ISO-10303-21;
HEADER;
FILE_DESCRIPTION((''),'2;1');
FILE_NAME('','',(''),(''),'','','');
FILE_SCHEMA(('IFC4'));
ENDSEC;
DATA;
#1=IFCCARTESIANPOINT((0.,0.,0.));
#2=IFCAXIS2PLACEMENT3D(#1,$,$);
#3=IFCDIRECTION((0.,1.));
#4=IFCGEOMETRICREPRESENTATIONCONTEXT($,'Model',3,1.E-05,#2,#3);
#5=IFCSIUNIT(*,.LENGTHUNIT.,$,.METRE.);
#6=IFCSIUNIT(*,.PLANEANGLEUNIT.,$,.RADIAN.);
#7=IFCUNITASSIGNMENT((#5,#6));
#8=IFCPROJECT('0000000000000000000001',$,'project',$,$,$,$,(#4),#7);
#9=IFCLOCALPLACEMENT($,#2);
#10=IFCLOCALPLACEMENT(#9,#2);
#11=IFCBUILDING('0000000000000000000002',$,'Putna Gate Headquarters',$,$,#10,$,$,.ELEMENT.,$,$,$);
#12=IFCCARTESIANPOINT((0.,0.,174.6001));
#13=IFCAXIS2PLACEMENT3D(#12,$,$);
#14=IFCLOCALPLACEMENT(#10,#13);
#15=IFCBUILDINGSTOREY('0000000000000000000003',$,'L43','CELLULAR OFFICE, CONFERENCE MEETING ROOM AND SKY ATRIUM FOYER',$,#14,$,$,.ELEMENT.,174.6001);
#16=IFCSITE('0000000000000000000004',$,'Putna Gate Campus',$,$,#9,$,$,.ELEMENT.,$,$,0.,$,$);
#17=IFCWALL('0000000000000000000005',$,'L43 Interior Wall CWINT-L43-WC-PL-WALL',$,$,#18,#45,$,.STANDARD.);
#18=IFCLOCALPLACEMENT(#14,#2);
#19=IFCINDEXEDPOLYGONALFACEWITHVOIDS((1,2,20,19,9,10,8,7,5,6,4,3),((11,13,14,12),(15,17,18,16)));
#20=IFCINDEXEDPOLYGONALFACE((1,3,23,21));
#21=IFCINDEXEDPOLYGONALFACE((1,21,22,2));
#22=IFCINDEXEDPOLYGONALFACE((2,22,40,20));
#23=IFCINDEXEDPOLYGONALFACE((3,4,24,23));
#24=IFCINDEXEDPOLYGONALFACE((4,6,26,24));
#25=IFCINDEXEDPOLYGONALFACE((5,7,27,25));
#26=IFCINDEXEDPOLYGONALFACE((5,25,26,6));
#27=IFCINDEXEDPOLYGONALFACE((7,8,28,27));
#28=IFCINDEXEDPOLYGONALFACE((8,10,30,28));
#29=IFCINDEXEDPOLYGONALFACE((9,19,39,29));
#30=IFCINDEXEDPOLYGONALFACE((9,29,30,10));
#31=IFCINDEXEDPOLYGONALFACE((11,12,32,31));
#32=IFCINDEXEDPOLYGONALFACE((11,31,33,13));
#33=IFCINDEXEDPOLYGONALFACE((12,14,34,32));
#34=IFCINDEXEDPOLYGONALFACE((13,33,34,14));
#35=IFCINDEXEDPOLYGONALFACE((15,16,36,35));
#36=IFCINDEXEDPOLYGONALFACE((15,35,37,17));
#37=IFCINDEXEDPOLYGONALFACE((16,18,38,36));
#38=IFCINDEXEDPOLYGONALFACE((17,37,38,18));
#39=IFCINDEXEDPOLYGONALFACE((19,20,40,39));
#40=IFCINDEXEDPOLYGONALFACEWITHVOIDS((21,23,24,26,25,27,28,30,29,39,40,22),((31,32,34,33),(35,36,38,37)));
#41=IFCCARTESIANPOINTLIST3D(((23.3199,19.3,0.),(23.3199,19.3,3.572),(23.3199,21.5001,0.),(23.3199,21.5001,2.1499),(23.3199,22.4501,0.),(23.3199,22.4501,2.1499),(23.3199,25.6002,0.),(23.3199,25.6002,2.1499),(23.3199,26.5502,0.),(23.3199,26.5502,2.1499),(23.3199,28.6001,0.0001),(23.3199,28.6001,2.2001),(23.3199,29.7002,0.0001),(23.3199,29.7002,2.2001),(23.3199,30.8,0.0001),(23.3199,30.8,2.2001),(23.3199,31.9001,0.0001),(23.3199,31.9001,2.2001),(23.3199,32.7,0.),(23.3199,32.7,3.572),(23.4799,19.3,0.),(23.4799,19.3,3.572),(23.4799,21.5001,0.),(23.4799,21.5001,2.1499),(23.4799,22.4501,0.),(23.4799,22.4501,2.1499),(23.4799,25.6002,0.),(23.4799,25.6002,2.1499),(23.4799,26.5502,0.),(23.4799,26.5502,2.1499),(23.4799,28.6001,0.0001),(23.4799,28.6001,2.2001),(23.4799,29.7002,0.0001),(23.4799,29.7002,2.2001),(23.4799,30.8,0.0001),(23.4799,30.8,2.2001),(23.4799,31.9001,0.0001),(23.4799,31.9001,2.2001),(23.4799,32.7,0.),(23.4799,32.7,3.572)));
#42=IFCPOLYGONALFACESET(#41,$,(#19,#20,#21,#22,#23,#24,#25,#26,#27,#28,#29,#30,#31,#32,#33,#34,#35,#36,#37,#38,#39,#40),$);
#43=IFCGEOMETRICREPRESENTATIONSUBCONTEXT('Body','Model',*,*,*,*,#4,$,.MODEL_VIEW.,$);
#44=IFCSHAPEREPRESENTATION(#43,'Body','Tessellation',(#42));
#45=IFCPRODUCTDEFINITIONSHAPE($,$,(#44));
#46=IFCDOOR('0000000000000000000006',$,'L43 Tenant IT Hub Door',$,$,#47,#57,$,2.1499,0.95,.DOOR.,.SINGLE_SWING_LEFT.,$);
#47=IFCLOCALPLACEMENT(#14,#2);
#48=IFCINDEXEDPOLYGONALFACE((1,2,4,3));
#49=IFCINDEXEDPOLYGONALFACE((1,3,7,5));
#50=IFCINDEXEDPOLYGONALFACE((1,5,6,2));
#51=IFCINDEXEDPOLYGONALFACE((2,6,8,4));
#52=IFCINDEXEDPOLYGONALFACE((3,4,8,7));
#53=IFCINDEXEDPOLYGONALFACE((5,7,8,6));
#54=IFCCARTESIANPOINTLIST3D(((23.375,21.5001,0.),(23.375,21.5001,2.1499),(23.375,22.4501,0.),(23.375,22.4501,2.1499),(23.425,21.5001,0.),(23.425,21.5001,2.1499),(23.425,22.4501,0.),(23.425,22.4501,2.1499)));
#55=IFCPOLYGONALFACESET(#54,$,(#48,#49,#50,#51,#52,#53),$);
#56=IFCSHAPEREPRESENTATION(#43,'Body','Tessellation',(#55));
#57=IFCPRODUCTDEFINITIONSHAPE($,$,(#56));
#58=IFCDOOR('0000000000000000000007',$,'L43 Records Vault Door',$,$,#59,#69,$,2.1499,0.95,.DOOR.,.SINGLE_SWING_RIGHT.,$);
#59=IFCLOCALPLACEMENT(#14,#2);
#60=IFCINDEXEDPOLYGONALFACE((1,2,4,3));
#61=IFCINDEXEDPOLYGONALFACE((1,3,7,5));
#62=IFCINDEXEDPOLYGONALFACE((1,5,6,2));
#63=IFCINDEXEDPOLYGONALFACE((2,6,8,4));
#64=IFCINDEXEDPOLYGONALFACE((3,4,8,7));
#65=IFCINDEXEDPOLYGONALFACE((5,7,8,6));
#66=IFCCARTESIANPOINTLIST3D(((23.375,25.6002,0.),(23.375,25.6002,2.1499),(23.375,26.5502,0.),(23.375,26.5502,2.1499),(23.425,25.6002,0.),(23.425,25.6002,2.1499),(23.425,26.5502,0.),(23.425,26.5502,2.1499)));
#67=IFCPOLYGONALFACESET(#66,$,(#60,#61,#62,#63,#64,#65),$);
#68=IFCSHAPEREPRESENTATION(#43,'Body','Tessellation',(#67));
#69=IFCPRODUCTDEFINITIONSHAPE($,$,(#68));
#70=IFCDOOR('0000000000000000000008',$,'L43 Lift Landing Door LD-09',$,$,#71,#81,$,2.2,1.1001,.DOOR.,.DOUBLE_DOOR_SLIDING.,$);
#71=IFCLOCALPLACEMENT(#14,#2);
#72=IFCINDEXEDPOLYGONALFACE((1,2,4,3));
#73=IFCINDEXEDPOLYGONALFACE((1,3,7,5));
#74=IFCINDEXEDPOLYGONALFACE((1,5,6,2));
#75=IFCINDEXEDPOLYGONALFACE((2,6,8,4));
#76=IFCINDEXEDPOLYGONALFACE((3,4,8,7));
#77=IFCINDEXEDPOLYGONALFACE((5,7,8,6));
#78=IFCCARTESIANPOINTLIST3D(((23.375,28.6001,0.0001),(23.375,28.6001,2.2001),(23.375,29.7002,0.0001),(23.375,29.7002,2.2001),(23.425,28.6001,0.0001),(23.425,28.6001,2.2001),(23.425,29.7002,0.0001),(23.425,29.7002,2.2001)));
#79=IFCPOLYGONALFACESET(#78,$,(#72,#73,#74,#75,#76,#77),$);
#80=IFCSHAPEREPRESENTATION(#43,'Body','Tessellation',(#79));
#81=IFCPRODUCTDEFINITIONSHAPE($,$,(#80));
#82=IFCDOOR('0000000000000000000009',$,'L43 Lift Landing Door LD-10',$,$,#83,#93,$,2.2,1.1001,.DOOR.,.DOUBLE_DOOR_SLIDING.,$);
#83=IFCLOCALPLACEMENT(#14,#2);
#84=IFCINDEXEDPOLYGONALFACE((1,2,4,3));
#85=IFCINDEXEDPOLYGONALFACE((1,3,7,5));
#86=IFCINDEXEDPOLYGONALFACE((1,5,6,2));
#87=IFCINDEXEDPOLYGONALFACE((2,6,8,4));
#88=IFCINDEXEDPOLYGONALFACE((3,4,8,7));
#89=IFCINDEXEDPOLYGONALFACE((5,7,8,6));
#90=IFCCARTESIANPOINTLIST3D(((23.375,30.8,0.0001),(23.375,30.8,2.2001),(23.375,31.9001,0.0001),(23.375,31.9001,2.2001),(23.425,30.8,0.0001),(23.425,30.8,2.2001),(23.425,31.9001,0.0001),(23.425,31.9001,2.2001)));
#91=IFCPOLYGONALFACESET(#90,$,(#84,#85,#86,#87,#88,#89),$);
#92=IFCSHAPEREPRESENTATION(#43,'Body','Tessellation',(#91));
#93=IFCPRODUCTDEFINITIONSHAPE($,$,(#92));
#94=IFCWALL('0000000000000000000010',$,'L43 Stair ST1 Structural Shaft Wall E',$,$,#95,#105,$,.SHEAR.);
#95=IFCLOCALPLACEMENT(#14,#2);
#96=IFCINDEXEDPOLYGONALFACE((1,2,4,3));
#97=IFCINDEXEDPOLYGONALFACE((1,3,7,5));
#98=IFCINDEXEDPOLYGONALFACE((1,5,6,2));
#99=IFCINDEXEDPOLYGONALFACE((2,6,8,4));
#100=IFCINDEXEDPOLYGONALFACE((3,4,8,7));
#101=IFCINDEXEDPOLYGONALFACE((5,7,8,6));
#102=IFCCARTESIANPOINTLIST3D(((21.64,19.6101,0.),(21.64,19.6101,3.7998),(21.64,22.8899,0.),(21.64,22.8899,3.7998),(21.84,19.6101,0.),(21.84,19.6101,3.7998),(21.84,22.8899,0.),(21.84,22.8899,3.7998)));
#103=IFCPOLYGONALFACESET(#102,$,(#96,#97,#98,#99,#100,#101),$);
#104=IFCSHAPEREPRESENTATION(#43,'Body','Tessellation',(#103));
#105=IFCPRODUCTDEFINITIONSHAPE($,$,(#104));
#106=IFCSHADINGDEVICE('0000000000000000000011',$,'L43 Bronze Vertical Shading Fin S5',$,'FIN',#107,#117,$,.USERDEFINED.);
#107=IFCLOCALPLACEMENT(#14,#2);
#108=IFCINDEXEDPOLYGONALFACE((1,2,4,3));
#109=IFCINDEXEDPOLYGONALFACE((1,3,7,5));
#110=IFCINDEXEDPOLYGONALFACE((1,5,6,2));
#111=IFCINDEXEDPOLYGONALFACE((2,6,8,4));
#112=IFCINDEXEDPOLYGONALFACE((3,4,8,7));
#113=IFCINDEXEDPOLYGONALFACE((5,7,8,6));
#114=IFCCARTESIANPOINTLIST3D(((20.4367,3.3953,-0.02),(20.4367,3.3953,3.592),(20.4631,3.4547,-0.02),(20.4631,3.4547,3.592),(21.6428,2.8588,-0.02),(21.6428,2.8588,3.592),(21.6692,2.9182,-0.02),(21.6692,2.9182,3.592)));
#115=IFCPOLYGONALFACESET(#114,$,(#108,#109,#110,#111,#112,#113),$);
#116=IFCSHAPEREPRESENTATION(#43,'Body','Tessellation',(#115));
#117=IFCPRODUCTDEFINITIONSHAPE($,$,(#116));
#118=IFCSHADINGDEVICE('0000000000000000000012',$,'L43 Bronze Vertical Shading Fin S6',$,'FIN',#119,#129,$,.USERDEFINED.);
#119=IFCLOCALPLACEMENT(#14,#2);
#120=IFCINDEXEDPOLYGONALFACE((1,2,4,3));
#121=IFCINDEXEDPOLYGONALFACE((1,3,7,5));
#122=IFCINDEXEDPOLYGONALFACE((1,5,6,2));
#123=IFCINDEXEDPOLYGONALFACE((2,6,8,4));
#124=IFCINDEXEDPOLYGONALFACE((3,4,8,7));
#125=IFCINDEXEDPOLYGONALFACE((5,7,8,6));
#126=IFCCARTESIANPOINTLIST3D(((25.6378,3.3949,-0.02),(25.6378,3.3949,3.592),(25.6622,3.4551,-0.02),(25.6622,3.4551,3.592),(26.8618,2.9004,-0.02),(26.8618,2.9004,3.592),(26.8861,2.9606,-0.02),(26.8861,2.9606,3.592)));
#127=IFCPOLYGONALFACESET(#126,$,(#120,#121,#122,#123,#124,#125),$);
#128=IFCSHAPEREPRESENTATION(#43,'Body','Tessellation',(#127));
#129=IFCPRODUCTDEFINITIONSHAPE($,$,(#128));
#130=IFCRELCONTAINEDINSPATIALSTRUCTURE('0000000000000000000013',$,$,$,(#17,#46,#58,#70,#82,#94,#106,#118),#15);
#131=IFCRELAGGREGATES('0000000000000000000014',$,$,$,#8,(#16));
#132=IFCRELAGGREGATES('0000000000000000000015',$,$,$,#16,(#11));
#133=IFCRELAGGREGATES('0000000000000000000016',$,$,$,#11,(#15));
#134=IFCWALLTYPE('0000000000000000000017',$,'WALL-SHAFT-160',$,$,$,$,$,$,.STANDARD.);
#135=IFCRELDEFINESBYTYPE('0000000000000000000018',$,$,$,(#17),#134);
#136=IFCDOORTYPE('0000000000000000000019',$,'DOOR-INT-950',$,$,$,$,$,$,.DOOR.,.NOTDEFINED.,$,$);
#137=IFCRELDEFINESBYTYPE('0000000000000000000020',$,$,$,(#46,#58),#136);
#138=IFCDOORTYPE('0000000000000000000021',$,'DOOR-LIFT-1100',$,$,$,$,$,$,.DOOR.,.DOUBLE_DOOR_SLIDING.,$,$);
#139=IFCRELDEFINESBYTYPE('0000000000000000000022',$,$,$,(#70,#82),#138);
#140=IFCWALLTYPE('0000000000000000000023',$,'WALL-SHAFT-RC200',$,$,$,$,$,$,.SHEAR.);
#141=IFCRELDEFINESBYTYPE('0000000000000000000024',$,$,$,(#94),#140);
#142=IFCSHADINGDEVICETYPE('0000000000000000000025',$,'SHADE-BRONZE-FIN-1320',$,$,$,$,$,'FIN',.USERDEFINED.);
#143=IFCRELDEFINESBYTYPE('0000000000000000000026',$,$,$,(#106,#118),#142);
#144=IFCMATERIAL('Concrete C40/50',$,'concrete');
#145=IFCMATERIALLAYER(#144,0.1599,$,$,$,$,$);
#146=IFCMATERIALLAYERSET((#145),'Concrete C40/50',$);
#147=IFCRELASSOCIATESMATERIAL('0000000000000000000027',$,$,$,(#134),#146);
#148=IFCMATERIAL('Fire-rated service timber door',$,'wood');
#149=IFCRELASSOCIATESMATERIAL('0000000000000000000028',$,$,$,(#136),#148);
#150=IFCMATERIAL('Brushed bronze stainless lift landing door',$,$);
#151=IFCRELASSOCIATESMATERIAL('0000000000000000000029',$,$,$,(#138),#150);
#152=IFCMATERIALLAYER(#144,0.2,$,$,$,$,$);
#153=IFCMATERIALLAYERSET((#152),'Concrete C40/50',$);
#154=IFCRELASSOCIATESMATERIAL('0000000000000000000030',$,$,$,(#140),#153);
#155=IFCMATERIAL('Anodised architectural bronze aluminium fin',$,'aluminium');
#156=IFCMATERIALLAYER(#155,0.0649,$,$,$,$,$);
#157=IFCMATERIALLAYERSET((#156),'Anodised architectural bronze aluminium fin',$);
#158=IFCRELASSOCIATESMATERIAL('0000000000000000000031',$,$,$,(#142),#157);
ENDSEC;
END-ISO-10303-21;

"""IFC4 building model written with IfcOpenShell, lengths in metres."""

from ifc_helpers import new_model, si_unit, direction, frame, frame_2d, origin, origin_2d, place, context, subcontext, project, spatial, rectangle, extrude, material, layer, layer_set, type_object, element, fill, save


model = new_model("IFC4")

# Units and contexts
model_context = context("Model", 3, precision=1e-05, world=origin(), true_north=direction((0.0, 1.0)))
body_context = subcontext(model_context, "Body", "Model", "MODEL_VIEW")
ifc_project = project(units=[si_unit("LENGTHUNIT", "METRE"), si_unit("PLANEANGLEUNIT", "RADIAN")], contexts=[model_context])

# Site, building, storey
site_placement = place(None, origin())
site = spatial("IfcSite", under=ifc_project, at=site_placement, Name="Putna Gate Campus", CompositionType="ELEMENT", RefElevation=0.0)
building_placement = place(site_placement, origin())
building = spatial("IfcBuilding", under=site, at=building_placement, Name="Putna Gate Headquarters", CompositionType="ELEMENT")
storey_placement = place(building_placement, frame((0.0, 0.0, 174.6001)))
storey = spatial("IfcBuildingStorey", under=building, at=storey_placement, Name="L43", Description="CELLULAR OFFICE, CONFERENCE MEETING ROOM AND SKY ATRIUM FOYER", CompositionType="ELEMENT", Elevation=174.6001)

# Wall, openings, doors
ifc_material_1 = material(Name="Concrete C40/50", Category="concrete")
ifc_layer_1 = layer(ifc_material_1, 0.1599)
ifc_layer_set_1 = layer_set([ifc_layer_1], Name="Concrete C40/50")
wall_type_1 = type_object("IfcWallType", Name="WALL-SHAFT-160", PredefinedType="STANDARD", material=ifc_layer_set_1)
wall_1_placement = place(storey_placement, frame((23.3999, 19.3, 0.0), z_axis=(0.0, 0.0, 1.0), x_axis=(0.0, 1.0, 0.0)))
wall_1 = element("IfcWall", 1, at=wall_1_placement, inside=storey, type_object=wall_type_1, Name="L43 Interior Wall CWINT-L43-WC-PL-WALL", PredefinedType="STANDARD", context=body_context, shape_type="SweptSolid", body=[
    extrude(rectangle(XDim=13.3999, YDim=0.1599, at=frame_2d((6.7, 0.0))), origin(), (0.0, 0.0, 1.0), 3.572),
])
opening_1_placement = place(wall_1_placement, frame((2.2, 0.0, 0.0)))
opening_1 = element("IfcOpeningElement", 2, at=opening_1_placement, cuts=wall_1, PredefinedType="OPENING", context=body_context, shape_type="SweptSolid", body=[
    extrude(rectangle(XDim=0.95, YDim=2.1499, at=frame_2d((0.4751, 1.075))), frame((0.0, 0.0898, 0.0), z_axis=(0.0, -1.0, 0.0), x_axis=(1.0, 0.0, 0.0)), (0.0, 0.0, 1.0), 0.1799),
])
opening_2_placement = place(wall_1_placement, frame((6.3, 0.0, 0.0)))
opening_2 = element("IfcOpeningElement", 3, at=opening_2_placement, cuts=wall_1, PredefinedType="OPENING", context=body_context, shape_type="SweptSolid", body=[
    extrude(rectangle(XDim=0.95, YDim=2.1499, at=frame_2d((0.4751, 1.075))), frame((0.0, 0.0898, 0.0), z_axis=(0.0, -1.0, 0.0), x_axis=(1.0, 0.0, 0.0)), (0.0, 0.0, 1.0), 0.1799),
])
opening_3_placement = place(wall_1_placement, frame((9.3, 0.0, 0.0)))
opening_3 = element("IfcOpeningElement", 4, at=opening_3_placement, cuts=wall_1, PredefinedType="OPENING", context=body_context, shape_type="SweptSolid", body=[
    extrude(rectangle(XDim=1.1001, YDim=2.2, at=frame_2d((0.55, 1.1001))), frame((0.0, 0.0898, 0.0), z_axis=(0.0, -1.0, 0.0), x_axis=(1.0, 0.0, 0.0)), (0.0, 0.0, 1.0), 0.1799),
])
opening_4_placement = place(wall_1_placement, frame((11.5, 0.0, 0.0)))
opening_4 = element("IfcOpeningElement", 5, at=opening_4_placement, cuts=wall_1, PredefinedType="OPENING", context=body_context, shape_type="SweptSolid", body=[
    extrude(rectangle(XDim=1.1001, YDim=2.2, at=frame_2d((0.55, 1.1001))), frame((0.0, 0.0898, 0.0), z_axis=(0.0, -1.0, 0.0), x_axis=(1.0, 0.0, 0.0)), (0.0, 0.0, 1.0), 0.1799),
])
ifc_material_2 = material(Name="Fire-rated service timber door", Category="wood")
door_type_1 = type_object("IfcDoorType", Name="DOOR-INT-950", OperationType="NOTDEFINED", PredefinedType="DOOR", material=ifc_material_2)
door_1_placement = place(opening_1_placement, origin())
door_1 = element("IfcDoor", 6, at=door_1_placement, inside=storey, type_object=door_type_1, Name="L43 Tenant IT Hub Door", OperationType="SINGLE_SWING_LEFT", OverallHeight=2.1499, OverallWidth=0.95, PredefinedType="DOOR", context=body_context, shape_type="SweptSolid", body=[
    extrude(rectangle(XDim=0.95, YDim=2.1499, at=frame_2d((0.4751, 1.075))), frame((0.0, 0.0249, 0.0), z_axis=(0.0, -1.0, 0.0), x_axis=(1.0, 0.0, 0.0)), (0.0, 0.0, 1.0), 0.05),
])
fill(opening_1, door_1)
door_2_placement = place(opening_2_placement, origin())
door_2 = element("IfcDoor", 7, at=door_2_placement, inside=storey, type_object=door_type_1, Name="L43 Records Vault Door", OperationType="SINGLE_SWING_RIGHT", OverallHeight=2.1499, OverallWidth=0.95, PredefinedType="DOOR", context=body_context, shape_type="SweptSolid", body=[
    extrude(rectangle(XDim=0.95, YDim=2.1499, at=frame_2d((0.4751, 1.075))), frame((0.0, 0.0249, 0.0), z_axis=(0.0, -1.0, 0.0), x_axis=(1.0, 0.0, 0.0)), (0.0, 0.0, 1.0), 0.05),
])
fill(opening_2, door_2)
ifc_material_3 = material(Name="Brushed bronze stainless lift landing door")
door_type_2 = type_object("IfcDoorType", Name="DOOR-LIFT-1100", OperationType="DOUBLE_DOOR_SLIDING", PredefinedType="DOOR", material=ifc_material_3)
door_3_placement = place(opening_3_placement, origin())
door_3 = element("IfcDoor", 8, at=door_3_placement, inside=storey, type_object=door_type_2, Name="L43 Lift Landing Door LD-09", OperationType="DOUBLE_DOOR_SLIDING", OverallHeight=2.2, OverallWidth=1.1001, PredefinedType="DOOR", context=body_context, shape_type="SweptSolid", body=[
    extrude(rectangle(XDim=1.1001, YDim=2.2, at=frame_2d((0.55, 1.1001))), frame((0.0, 0.0249, 0.0), z_axis=(0.0, -1.0, 0.0), x_axis=(1.0, 0.0, 0.0)), (0.0, 0.0, 1.0), 0.05),
])
fill(opening_3, door_3)
door_4_placement = place(opening_4_placement, origin())
door_4 = element("IfcDoor", 9, at=door_4_placement, inside=storey, type_object=door_type_2, Name="L43 Lift Landing Door LD-10", OperationType="DOUBLE_DOOR_SLIDING", OverallHeight=2.2, OverallWidth=1.1001, PredefinedType="DOOR", context=body_context, shape_type="SweptSolid", body=[
    extrude(rectangle(XDim=1.1001, YDim=2.2, at=frame_2d((0.55, 1.1001))), frame((0.0, 0.0249, 0.0), z_axis=(0.0, -1.0, 0.0), x_axis=(1.0, 0.0, 0.0)), (0.0, 0.0, 1.0), 0.05),
])
fill(opening_4, door_4)

# Wall
ifc_layer_2 = layer(ifc_material_1, 0.2)
ifc_layer_set_2 = layer_set([ifc_layer_2], Name="Concrete C40/50")
wall_type_2 = type_object("IfcWallType", Name="WALL-SHAFT-RC200", PredefinedType="SHEAR", material=ifc_layer_set_2)
wall_2_placement = place(storey_placement, frame((21.74, 19.6101, 0.0), z_axis=(0.0, 0.0, 1.0), x_axis=(0.0, 1.0, 0.0)))
element("IfcWall", 10, at=wall_2_placement, inside=storey, type_object=wall_type_2, Name="L43 Stair ST1 Structural Shaft Wall E", PredefinedType="SHEAR", context=body_context, shape_type="SweptSolid", body=[
    extrude(rectangle(XDim=3.2798, YDim=0.2, at=frame_2d((1.6399, 0.0))), origin(), (0.0, 0.0, 1.0), 3.7998),
])

# Shading devices
ifc_material_4 = material(Name="Anodised architectural bronze aluminium fin", Category="aluminium")
ifc_layer_3 = layer(ifc_material_4, 0.0649)
ifc_layer_set_3 = layer_set([ifc_layer_3], Name="Anodised architectural bronze aluminium fin")
shading_device_type = type_object("IfcShadingDeviceType", Name="SHADE-BRONZE-FIN-1320", ElementType="FIN", PredefinedType="USERDEFINED", material=ifc_layer_set_3)
for number, where, z_axis, x_axis, name in (
    (11, (21.053, 3.1567, -0.02), (0.0, 0.0, 1.0), (0.913687, -0.406418, 0.0), "L43 Bronze Vertical Shading Fin S5"),
    (12, (26.262, 3.1777, -0.02), (0.0, 0.0, 1.0), (0.927184, -0.374607, 0.0), "L43 Bronze Vertical Shading Fin S6"),
):
    element("IfcShadingDevice", number, at=place(storey_placement, frame(where, z_axis=z_axis, x_axis=x_axis)), inside=storey, type_object=shading_device_type, Name=name, ObjectType="FIN", PredefinedType="USERDEFINED", context=body_context, shape_type="SweptSolid", body=[
        extrude(rectangle(XDim=1.3201, YDim=0.0649, at=origin_2d()), origin(), (0.0, 0.0, 1.0), 3.6121),
    ])

save(model, "model.ifc")
